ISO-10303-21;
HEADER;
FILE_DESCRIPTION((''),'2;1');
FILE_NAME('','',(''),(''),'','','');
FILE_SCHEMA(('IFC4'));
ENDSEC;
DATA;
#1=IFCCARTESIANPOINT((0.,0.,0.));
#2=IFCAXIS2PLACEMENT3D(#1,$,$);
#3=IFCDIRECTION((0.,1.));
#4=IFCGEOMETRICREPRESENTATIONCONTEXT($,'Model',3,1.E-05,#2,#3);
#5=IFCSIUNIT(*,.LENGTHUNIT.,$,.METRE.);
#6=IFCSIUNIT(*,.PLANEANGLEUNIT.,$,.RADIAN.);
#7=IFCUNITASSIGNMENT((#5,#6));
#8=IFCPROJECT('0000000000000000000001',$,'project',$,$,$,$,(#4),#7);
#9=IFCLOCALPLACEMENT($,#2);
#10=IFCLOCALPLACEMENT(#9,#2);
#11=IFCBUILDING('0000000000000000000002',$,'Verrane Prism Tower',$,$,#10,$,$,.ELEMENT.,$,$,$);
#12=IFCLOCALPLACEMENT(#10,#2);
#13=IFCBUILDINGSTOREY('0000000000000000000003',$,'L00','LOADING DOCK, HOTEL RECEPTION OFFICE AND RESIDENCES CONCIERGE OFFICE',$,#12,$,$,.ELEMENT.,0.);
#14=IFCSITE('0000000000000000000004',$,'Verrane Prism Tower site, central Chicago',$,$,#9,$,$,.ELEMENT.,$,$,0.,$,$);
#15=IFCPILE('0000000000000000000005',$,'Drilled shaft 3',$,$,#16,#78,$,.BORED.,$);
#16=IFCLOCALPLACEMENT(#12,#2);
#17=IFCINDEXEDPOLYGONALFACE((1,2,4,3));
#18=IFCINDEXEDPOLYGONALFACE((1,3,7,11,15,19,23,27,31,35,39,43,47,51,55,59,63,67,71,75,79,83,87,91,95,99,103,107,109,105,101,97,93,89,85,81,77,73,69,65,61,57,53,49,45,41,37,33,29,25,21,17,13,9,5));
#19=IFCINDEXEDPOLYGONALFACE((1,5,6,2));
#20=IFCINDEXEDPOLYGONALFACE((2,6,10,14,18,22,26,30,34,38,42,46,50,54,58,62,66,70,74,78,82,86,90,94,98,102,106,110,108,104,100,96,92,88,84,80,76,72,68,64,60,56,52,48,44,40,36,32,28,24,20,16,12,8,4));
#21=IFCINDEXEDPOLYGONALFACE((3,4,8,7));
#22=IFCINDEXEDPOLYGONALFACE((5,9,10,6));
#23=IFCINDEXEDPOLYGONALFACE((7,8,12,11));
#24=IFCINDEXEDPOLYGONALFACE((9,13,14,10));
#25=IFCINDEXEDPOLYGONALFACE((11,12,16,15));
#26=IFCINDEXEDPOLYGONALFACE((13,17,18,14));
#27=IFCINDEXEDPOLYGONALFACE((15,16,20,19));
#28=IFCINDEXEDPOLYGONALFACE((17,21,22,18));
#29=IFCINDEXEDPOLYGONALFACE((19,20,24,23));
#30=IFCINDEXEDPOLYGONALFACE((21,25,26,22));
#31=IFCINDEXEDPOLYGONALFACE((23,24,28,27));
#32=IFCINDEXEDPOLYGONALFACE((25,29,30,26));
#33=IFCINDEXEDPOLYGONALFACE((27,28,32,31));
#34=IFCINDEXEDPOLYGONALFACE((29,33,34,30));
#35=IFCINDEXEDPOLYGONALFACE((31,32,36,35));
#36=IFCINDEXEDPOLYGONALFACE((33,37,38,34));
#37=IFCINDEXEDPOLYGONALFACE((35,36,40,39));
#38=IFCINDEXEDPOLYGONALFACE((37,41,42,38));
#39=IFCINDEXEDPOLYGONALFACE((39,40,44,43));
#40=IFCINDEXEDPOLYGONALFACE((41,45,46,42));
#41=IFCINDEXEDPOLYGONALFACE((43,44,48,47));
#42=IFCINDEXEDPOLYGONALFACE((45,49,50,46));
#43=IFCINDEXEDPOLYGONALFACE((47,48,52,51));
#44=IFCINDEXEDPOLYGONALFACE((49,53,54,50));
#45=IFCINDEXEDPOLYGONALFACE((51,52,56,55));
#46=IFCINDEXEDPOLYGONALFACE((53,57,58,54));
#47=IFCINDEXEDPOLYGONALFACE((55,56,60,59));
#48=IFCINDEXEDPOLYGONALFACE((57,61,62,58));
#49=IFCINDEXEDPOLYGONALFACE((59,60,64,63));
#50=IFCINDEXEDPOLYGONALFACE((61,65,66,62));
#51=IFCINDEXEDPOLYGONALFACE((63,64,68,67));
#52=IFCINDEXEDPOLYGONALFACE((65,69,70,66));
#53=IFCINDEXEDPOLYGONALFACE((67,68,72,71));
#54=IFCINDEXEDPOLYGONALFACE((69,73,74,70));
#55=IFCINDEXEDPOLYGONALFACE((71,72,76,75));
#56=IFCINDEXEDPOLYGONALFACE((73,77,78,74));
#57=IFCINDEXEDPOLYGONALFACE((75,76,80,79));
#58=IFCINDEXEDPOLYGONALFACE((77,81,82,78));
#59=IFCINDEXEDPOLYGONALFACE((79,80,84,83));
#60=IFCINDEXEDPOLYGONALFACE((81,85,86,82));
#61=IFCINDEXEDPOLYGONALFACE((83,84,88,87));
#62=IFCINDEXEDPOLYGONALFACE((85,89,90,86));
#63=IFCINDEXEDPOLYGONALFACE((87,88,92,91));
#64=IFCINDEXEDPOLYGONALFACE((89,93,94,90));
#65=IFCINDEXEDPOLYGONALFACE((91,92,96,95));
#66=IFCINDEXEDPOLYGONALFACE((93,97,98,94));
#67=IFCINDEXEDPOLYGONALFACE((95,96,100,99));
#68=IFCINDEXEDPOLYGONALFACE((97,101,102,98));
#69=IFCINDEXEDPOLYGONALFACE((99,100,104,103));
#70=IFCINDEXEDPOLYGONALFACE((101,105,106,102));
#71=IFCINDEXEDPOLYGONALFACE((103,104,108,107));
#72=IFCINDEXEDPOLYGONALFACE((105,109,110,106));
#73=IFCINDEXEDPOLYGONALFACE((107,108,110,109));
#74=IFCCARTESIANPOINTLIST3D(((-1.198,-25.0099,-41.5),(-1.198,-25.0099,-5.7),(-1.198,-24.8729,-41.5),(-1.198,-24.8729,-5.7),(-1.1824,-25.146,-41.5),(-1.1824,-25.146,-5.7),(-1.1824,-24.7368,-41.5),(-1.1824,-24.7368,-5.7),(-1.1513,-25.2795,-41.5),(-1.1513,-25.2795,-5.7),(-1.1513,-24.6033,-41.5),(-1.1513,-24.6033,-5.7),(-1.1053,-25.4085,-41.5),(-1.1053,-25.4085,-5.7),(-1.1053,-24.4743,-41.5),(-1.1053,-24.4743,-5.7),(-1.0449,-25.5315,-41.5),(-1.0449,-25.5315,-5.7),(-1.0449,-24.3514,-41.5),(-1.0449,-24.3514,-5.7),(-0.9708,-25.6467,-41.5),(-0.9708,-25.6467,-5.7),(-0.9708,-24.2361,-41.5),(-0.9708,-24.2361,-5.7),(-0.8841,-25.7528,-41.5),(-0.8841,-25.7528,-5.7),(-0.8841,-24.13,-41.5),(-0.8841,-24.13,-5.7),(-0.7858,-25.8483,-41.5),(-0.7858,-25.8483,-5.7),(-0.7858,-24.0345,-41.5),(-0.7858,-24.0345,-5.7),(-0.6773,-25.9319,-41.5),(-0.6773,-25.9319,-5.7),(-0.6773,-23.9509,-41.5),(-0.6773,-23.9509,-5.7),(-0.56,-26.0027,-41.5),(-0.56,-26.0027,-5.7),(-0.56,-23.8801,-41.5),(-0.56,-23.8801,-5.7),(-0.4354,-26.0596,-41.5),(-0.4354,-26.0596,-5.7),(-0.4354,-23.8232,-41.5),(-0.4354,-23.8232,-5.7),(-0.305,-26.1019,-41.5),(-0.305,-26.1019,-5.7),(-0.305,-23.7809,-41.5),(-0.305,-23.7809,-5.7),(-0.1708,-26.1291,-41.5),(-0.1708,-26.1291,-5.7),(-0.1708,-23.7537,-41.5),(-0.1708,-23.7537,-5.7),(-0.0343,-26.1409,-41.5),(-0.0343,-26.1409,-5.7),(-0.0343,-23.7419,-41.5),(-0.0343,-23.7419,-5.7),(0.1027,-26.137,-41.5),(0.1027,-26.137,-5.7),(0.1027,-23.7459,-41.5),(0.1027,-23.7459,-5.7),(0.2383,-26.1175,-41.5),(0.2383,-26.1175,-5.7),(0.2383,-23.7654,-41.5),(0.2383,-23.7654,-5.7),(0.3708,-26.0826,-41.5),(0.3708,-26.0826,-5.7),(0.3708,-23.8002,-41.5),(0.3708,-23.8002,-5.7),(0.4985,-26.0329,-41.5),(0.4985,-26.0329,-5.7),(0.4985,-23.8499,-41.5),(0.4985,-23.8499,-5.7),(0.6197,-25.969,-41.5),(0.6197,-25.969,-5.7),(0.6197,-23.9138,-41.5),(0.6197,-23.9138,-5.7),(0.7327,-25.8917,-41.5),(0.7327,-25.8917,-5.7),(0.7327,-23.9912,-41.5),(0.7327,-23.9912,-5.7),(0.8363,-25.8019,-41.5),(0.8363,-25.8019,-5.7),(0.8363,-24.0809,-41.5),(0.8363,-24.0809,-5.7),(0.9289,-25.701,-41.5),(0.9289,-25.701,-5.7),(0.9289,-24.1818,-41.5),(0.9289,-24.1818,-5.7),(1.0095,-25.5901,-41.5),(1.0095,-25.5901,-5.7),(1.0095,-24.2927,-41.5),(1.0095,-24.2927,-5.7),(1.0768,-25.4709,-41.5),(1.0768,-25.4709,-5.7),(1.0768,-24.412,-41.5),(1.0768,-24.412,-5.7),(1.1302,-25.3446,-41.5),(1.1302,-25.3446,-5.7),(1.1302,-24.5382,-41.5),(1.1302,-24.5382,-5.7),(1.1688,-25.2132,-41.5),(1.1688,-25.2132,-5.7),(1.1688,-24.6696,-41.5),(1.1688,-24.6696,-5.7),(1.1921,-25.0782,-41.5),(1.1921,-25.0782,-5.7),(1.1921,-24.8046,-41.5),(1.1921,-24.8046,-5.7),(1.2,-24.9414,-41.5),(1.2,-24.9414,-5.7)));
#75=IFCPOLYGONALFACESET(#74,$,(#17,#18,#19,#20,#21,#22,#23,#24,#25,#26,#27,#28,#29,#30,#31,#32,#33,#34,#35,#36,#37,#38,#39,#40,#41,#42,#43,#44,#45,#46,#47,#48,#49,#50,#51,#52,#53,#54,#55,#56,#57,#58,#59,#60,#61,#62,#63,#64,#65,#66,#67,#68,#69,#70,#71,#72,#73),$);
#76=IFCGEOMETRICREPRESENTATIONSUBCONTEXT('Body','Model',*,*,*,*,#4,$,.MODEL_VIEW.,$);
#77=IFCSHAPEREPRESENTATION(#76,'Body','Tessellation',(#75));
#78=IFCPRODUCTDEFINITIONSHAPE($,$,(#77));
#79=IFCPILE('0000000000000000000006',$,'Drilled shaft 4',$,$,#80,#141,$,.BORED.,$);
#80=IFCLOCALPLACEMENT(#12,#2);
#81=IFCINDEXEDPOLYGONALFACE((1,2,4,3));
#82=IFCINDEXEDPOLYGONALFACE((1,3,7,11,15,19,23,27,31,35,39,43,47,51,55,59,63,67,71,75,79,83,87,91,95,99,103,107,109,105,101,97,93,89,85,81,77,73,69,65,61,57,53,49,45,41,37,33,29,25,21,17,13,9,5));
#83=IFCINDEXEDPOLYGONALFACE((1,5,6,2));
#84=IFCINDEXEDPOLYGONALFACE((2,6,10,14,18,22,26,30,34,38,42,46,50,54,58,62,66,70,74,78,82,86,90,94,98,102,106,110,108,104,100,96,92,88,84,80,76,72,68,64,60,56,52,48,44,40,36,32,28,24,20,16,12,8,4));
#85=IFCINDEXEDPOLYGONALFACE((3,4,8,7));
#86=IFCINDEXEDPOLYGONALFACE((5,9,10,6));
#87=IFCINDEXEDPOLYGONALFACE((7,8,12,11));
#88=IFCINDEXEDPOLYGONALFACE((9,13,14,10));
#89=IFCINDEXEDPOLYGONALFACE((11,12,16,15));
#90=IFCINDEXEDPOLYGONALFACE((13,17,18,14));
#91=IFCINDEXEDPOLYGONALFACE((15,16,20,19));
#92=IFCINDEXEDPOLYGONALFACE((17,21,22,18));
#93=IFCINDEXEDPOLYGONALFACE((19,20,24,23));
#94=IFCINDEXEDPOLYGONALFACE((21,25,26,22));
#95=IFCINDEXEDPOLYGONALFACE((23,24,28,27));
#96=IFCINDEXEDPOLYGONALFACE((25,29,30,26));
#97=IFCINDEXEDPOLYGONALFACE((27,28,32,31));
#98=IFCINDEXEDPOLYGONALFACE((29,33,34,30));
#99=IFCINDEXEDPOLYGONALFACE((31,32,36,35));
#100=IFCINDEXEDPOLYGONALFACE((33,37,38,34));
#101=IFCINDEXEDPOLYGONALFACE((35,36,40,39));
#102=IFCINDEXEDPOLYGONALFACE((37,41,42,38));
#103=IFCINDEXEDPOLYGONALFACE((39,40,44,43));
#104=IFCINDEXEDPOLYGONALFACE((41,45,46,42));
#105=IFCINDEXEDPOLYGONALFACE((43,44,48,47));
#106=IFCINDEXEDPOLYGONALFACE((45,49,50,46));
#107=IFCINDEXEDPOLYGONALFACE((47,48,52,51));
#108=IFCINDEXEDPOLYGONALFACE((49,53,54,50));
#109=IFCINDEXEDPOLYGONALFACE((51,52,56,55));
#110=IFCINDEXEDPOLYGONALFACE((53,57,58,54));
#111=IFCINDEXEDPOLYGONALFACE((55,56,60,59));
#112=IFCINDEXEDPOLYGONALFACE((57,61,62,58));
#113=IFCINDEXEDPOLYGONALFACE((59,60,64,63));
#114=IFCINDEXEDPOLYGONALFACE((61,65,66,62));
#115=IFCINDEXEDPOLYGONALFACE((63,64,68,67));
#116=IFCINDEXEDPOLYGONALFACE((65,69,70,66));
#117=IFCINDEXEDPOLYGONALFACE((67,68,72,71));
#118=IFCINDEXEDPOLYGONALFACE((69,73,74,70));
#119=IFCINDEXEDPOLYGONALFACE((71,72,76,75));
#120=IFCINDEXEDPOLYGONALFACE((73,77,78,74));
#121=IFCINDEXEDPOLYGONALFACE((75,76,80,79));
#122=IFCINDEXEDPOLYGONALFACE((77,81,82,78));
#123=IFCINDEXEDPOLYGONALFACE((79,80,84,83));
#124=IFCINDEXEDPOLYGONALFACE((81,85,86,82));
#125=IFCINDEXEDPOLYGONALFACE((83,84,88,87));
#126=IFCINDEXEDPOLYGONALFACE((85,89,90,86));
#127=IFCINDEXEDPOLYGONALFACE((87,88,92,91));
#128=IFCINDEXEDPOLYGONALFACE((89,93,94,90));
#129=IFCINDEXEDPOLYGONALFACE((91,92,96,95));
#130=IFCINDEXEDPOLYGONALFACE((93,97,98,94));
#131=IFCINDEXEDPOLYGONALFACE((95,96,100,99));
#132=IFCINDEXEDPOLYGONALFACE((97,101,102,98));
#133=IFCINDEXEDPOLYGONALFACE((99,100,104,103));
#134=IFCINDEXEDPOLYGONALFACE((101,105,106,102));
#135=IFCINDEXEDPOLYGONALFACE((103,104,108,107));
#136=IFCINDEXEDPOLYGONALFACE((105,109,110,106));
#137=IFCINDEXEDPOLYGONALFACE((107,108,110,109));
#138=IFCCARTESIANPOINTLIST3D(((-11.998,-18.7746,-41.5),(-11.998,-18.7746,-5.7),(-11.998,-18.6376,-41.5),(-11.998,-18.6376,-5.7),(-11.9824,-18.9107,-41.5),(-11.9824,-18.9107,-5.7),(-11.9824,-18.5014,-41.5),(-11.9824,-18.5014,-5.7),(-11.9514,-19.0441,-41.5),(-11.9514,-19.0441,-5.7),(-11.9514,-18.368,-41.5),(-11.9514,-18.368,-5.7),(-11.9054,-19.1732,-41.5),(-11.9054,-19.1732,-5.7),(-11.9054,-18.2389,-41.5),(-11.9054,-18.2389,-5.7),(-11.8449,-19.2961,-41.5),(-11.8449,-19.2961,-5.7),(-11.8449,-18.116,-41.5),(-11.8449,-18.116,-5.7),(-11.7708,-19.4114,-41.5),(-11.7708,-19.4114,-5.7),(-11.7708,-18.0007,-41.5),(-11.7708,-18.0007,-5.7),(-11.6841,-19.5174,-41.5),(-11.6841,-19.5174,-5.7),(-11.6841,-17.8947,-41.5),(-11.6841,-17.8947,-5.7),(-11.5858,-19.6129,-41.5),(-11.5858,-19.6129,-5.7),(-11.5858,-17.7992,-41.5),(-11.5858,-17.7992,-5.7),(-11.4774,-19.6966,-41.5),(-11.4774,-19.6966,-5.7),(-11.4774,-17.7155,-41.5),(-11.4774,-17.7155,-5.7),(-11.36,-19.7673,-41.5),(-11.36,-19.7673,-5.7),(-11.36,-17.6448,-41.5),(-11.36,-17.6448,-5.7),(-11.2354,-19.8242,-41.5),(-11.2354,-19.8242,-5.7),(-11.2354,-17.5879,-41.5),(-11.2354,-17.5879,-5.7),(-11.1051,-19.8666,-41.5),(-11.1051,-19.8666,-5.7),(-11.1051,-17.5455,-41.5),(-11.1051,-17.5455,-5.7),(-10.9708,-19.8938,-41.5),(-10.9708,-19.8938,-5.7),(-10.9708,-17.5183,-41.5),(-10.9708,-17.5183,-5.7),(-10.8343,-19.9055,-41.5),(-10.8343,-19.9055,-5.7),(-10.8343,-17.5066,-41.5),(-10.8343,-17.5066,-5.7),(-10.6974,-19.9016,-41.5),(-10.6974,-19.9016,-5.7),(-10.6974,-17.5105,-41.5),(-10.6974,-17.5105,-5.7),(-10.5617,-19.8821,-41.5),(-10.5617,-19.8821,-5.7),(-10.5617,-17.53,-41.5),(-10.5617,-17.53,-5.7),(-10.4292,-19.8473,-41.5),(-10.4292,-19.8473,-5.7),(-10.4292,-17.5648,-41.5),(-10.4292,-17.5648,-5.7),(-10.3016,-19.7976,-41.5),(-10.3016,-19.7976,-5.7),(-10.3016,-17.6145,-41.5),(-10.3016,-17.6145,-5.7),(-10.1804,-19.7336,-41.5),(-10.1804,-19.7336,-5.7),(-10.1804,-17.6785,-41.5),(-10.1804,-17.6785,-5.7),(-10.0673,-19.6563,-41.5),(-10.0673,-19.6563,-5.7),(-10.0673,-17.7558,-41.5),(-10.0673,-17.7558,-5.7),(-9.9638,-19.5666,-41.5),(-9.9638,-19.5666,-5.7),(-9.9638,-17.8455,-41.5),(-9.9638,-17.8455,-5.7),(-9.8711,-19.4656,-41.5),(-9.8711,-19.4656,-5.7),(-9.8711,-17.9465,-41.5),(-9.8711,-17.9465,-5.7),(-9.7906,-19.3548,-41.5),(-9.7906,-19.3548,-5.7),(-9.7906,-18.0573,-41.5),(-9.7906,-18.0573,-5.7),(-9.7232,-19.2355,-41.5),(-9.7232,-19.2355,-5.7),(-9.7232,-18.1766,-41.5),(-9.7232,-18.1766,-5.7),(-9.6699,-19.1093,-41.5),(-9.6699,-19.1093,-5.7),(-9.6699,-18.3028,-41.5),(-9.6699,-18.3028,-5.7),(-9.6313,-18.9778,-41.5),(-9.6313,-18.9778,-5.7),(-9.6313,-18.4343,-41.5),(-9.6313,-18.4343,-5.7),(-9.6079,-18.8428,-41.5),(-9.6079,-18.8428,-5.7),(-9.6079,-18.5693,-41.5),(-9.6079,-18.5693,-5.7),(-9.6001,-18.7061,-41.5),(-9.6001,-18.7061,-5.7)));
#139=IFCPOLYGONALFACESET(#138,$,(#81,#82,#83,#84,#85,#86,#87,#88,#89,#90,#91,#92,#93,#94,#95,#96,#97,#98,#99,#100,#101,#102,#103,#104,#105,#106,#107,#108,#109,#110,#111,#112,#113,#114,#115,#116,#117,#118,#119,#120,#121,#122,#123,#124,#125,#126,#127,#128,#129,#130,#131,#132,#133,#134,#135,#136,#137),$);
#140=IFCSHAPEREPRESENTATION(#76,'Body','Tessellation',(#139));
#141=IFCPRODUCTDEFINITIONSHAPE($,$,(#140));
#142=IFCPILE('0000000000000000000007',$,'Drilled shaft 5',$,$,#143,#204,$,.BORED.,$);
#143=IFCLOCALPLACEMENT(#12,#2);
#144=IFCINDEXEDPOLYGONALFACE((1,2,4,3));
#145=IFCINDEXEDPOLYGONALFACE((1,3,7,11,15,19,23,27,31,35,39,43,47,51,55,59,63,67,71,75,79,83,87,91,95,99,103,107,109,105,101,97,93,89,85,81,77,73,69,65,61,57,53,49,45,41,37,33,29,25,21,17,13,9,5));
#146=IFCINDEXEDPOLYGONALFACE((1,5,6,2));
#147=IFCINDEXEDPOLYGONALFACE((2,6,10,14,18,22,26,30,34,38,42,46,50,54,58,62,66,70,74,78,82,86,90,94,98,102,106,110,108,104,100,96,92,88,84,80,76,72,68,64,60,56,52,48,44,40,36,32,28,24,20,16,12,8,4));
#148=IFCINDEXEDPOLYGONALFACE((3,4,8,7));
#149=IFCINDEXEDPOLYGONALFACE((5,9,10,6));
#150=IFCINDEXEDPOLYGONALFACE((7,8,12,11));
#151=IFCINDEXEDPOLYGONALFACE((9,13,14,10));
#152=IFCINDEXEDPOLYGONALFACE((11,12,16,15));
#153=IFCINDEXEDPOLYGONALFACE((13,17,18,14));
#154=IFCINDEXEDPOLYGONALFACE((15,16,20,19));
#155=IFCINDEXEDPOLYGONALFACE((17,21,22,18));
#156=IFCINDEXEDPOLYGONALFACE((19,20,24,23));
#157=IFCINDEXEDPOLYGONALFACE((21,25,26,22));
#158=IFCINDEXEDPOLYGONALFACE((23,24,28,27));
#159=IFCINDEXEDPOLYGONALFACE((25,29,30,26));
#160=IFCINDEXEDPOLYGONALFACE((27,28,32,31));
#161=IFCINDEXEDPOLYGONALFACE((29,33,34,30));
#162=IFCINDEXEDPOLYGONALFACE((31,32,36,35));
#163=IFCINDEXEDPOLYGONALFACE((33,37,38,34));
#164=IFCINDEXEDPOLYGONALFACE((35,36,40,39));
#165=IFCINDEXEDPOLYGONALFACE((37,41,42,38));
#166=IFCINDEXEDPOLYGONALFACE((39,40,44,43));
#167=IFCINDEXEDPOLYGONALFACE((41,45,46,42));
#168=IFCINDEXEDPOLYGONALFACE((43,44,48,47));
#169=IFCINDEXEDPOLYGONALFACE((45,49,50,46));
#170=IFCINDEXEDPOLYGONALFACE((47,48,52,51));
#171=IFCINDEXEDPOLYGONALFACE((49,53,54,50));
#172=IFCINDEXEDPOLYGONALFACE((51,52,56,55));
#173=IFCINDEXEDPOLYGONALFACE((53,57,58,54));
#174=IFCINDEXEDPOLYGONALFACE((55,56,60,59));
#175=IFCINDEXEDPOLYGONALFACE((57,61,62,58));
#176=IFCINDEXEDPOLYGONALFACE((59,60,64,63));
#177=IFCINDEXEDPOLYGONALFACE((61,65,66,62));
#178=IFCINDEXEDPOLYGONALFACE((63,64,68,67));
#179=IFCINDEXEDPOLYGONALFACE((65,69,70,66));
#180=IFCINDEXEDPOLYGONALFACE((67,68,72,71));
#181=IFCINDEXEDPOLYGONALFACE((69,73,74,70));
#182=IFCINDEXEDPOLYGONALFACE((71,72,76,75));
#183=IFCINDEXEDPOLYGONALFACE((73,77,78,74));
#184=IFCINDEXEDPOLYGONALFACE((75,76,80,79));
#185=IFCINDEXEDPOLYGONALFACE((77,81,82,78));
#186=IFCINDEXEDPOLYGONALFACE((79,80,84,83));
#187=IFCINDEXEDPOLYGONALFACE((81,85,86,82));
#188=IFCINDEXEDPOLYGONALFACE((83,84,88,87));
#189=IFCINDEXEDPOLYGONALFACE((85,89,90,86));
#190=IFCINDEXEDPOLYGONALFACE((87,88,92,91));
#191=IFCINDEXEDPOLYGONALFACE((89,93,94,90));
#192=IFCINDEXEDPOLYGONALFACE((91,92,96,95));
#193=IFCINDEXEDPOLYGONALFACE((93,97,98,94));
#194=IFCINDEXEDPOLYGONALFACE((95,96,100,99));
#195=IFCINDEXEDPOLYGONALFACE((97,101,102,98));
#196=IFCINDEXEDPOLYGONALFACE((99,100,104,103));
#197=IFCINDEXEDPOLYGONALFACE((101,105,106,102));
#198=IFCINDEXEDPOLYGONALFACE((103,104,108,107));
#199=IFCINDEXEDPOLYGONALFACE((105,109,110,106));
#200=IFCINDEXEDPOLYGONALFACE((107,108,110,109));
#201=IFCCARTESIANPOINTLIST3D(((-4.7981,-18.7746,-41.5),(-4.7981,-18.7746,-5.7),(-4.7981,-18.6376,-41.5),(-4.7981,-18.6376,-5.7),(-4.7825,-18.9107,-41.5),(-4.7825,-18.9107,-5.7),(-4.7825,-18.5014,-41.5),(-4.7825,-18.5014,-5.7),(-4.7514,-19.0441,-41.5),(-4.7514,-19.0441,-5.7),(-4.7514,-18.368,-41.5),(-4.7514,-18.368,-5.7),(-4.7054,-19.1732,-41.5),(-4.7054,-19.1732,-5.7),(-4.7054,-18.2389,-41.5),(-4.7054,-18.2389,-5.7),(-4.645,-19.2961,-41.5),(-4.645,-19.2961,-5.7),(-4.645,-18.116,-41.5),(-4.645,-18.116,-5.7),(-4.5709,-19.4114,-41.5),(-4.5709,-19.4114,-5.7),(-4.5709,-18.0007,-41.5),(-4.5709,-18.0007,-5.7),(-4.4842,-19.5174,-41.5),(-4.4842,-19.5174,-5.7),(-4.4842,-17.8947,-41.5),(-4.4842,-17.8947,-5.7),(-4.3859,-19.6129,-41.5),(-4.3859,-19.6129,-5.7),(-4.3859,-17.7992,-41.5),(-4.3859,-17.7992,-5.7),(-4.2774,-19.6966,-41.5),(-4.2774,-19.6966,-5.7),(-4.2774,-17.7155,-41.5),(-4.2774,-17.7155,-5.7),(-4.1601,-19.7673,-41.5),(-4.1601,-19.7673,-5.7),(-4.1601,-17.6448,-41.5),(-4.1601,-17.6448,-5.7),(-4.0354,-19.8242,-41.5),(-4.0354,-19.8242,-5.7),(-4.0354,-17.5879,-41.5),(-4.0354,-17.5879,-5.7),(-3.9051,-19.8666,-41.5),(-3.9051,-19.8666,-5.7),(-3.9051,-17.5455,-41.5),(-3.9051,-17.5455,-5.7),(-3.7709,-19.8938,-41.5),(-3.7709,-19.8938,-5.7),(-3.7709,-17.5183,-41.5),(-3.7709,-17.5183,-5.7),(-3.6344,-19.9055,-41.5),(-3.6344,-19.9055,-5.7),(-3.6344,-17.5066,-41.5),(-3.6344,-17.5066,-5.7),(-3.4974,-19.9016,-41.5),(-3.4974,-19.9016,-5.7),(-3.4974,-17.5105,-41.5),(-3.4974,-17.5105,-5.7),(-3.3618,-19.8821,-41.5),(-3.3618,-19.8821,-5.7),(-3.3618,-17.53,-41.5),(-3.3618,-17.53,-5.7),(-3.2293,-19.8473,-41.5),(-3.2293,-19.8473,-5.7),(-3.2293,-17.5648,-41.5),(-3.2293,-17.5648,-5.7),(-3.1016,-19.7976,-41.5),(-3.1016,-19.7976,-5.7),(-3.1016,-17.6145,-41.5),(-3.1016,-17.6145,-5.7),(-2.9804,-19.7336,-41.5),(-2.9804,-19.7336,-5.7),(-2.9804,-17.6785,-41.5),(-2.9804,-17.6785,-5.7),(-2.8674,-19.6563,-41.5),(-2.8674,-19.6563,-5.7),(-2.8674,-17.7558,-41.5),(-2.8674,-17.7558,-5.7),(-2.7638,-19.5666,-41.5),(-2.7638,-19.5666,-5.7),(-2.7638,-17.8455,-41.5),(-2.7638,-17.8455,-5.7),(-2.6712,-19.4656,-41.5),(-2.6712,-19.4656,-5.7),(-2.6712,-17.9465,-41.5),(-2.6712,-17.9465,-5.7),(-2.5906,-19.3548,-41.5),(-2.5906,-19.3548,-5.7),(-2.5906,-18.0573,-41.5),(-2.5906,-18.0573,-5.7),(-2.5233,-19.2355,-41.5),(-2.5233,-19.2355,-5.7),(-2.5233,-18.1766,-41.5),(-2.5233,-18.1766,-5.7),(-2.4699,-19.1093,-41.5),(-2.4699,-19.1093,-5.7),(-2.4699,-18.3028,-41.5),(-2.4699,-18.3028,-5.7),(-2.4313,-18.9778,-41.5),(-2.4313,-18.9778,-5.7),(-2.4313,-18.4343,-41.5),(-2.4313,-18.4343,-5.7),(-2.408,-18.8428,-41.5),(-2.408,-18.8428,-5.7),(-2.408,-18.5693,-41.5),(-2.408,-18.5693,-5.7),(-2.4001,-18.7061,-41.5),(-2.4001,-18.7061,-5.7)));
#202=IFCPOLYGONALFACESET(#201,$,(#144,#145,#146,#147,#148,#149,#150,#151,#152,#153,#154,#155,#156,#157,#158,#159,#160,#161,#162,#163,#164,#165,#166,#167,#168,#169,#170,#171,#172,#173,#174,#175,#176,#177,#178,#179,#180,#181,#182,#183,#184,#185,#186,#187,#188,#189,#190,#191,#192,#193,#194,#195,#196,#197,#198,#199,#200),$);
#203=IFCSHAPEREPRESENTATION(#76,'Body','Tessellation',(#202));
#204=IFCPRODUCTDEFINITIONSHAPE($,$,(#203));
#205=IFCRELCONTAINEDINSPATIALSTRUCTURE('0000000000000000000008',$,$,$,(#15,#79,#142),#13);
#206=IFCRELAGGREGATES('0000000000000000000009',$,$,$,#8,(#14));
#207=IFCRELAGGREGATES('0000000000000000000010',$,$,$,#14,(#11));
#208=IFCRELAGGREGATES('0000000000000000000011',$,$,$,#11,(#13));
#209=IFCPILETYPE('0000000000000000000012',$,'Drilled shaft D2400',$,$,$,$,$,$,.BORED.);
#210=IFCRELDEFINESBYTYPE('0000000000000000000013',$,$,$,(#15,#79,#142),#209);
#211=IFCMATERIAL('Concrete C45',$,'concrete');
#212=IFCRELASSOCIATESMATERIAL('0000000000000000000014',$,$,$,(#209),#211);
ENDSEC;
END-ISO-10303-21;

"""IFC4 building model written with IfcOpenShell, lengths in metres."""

from ifc_helpers import new_model, si_unit, direction, frame, origin, origin_2d, place, context, subcontext, project, spatial, circle, extrude, material, type_object, element, save


model = new_model("IFC4")

# Units and contexts
model_context = context("Model", 3, precision=1e-05, world=origin(), true_north=direction((0.0, 1.0)))
body_context = subcontext(model_context, "Body", "Model", "MODEL_VIEW")
ifc_project = project(units=[si_unit("LENGTHUNIT", "METRE"), si_unit("PLANEANGLEUNIT", "RADIAN")], contexts=[model_context])

# Site, building, storey
site_placement = place(None, origin())
site = spatial("IfcSite", under=ifc_project, at=site_placement, Name="Verrane Prism Tower site, central Chicago", CompositionType="ELEMENT", RefElevation=0.0)
building_placement = place(site_placement, origin())
building = spatial("IfcBuilding", under=site, at=building_placement, Name="Verrane Prism Tower", CompositionType="ELEMENT")
storey_placement = place(building_placement, origin())
storey = spatial("IfcBuildingStorey", under=building, at=storey_placement, Name="L00", Description="LOADING DOCK, HOTEL RECEPTION OFFICE AND RESIDENCES CONCIERGE OFFICE", CompositionType="ELEMENT", Elevation=0.0)

# Piles
ifc_material_1 = material(Name="Concrete C45", Category="concrete")
pile_type = type_object("IfcPileType", Name="Drilled shaft D2400", PredefinedType="BORED", material=ifc_material_1)
for number, where, z_axis, x_axis, name in (
    (1, (0.0, -24.9414, -5.7), (0.0, 0.0, -1.0), (1.0, 0.0, 0.0), "Drilled shaft 3"),
    (2, (-10.8, -18.7061, -5.7), (0.0, 0.0, -1.0), (1.0, 0.0, 0.0), "Drilled shaft 4"),
    (3, (-3.6001, -18.7061, -5.7), (0.0, 0.0, -1.0), (1.0, 0.0, 0.0), "Drilled shaft 5"),
):
    element("IfcPile", number, at=place(storey_placement, frame(where, z_axis=z_axis, x_axis=x_axis)), inside=storey, type_object=pile_type, Name=name, PredefinedType="BORED", context=body_context, shape_type="SweptSolid", body=[
        extrude(circle(Radius=1.2, at=origin_2d()), origin(), (0.0, 0.0, 1.0), 35.8),
    ])

save(model, "model.ifc")
